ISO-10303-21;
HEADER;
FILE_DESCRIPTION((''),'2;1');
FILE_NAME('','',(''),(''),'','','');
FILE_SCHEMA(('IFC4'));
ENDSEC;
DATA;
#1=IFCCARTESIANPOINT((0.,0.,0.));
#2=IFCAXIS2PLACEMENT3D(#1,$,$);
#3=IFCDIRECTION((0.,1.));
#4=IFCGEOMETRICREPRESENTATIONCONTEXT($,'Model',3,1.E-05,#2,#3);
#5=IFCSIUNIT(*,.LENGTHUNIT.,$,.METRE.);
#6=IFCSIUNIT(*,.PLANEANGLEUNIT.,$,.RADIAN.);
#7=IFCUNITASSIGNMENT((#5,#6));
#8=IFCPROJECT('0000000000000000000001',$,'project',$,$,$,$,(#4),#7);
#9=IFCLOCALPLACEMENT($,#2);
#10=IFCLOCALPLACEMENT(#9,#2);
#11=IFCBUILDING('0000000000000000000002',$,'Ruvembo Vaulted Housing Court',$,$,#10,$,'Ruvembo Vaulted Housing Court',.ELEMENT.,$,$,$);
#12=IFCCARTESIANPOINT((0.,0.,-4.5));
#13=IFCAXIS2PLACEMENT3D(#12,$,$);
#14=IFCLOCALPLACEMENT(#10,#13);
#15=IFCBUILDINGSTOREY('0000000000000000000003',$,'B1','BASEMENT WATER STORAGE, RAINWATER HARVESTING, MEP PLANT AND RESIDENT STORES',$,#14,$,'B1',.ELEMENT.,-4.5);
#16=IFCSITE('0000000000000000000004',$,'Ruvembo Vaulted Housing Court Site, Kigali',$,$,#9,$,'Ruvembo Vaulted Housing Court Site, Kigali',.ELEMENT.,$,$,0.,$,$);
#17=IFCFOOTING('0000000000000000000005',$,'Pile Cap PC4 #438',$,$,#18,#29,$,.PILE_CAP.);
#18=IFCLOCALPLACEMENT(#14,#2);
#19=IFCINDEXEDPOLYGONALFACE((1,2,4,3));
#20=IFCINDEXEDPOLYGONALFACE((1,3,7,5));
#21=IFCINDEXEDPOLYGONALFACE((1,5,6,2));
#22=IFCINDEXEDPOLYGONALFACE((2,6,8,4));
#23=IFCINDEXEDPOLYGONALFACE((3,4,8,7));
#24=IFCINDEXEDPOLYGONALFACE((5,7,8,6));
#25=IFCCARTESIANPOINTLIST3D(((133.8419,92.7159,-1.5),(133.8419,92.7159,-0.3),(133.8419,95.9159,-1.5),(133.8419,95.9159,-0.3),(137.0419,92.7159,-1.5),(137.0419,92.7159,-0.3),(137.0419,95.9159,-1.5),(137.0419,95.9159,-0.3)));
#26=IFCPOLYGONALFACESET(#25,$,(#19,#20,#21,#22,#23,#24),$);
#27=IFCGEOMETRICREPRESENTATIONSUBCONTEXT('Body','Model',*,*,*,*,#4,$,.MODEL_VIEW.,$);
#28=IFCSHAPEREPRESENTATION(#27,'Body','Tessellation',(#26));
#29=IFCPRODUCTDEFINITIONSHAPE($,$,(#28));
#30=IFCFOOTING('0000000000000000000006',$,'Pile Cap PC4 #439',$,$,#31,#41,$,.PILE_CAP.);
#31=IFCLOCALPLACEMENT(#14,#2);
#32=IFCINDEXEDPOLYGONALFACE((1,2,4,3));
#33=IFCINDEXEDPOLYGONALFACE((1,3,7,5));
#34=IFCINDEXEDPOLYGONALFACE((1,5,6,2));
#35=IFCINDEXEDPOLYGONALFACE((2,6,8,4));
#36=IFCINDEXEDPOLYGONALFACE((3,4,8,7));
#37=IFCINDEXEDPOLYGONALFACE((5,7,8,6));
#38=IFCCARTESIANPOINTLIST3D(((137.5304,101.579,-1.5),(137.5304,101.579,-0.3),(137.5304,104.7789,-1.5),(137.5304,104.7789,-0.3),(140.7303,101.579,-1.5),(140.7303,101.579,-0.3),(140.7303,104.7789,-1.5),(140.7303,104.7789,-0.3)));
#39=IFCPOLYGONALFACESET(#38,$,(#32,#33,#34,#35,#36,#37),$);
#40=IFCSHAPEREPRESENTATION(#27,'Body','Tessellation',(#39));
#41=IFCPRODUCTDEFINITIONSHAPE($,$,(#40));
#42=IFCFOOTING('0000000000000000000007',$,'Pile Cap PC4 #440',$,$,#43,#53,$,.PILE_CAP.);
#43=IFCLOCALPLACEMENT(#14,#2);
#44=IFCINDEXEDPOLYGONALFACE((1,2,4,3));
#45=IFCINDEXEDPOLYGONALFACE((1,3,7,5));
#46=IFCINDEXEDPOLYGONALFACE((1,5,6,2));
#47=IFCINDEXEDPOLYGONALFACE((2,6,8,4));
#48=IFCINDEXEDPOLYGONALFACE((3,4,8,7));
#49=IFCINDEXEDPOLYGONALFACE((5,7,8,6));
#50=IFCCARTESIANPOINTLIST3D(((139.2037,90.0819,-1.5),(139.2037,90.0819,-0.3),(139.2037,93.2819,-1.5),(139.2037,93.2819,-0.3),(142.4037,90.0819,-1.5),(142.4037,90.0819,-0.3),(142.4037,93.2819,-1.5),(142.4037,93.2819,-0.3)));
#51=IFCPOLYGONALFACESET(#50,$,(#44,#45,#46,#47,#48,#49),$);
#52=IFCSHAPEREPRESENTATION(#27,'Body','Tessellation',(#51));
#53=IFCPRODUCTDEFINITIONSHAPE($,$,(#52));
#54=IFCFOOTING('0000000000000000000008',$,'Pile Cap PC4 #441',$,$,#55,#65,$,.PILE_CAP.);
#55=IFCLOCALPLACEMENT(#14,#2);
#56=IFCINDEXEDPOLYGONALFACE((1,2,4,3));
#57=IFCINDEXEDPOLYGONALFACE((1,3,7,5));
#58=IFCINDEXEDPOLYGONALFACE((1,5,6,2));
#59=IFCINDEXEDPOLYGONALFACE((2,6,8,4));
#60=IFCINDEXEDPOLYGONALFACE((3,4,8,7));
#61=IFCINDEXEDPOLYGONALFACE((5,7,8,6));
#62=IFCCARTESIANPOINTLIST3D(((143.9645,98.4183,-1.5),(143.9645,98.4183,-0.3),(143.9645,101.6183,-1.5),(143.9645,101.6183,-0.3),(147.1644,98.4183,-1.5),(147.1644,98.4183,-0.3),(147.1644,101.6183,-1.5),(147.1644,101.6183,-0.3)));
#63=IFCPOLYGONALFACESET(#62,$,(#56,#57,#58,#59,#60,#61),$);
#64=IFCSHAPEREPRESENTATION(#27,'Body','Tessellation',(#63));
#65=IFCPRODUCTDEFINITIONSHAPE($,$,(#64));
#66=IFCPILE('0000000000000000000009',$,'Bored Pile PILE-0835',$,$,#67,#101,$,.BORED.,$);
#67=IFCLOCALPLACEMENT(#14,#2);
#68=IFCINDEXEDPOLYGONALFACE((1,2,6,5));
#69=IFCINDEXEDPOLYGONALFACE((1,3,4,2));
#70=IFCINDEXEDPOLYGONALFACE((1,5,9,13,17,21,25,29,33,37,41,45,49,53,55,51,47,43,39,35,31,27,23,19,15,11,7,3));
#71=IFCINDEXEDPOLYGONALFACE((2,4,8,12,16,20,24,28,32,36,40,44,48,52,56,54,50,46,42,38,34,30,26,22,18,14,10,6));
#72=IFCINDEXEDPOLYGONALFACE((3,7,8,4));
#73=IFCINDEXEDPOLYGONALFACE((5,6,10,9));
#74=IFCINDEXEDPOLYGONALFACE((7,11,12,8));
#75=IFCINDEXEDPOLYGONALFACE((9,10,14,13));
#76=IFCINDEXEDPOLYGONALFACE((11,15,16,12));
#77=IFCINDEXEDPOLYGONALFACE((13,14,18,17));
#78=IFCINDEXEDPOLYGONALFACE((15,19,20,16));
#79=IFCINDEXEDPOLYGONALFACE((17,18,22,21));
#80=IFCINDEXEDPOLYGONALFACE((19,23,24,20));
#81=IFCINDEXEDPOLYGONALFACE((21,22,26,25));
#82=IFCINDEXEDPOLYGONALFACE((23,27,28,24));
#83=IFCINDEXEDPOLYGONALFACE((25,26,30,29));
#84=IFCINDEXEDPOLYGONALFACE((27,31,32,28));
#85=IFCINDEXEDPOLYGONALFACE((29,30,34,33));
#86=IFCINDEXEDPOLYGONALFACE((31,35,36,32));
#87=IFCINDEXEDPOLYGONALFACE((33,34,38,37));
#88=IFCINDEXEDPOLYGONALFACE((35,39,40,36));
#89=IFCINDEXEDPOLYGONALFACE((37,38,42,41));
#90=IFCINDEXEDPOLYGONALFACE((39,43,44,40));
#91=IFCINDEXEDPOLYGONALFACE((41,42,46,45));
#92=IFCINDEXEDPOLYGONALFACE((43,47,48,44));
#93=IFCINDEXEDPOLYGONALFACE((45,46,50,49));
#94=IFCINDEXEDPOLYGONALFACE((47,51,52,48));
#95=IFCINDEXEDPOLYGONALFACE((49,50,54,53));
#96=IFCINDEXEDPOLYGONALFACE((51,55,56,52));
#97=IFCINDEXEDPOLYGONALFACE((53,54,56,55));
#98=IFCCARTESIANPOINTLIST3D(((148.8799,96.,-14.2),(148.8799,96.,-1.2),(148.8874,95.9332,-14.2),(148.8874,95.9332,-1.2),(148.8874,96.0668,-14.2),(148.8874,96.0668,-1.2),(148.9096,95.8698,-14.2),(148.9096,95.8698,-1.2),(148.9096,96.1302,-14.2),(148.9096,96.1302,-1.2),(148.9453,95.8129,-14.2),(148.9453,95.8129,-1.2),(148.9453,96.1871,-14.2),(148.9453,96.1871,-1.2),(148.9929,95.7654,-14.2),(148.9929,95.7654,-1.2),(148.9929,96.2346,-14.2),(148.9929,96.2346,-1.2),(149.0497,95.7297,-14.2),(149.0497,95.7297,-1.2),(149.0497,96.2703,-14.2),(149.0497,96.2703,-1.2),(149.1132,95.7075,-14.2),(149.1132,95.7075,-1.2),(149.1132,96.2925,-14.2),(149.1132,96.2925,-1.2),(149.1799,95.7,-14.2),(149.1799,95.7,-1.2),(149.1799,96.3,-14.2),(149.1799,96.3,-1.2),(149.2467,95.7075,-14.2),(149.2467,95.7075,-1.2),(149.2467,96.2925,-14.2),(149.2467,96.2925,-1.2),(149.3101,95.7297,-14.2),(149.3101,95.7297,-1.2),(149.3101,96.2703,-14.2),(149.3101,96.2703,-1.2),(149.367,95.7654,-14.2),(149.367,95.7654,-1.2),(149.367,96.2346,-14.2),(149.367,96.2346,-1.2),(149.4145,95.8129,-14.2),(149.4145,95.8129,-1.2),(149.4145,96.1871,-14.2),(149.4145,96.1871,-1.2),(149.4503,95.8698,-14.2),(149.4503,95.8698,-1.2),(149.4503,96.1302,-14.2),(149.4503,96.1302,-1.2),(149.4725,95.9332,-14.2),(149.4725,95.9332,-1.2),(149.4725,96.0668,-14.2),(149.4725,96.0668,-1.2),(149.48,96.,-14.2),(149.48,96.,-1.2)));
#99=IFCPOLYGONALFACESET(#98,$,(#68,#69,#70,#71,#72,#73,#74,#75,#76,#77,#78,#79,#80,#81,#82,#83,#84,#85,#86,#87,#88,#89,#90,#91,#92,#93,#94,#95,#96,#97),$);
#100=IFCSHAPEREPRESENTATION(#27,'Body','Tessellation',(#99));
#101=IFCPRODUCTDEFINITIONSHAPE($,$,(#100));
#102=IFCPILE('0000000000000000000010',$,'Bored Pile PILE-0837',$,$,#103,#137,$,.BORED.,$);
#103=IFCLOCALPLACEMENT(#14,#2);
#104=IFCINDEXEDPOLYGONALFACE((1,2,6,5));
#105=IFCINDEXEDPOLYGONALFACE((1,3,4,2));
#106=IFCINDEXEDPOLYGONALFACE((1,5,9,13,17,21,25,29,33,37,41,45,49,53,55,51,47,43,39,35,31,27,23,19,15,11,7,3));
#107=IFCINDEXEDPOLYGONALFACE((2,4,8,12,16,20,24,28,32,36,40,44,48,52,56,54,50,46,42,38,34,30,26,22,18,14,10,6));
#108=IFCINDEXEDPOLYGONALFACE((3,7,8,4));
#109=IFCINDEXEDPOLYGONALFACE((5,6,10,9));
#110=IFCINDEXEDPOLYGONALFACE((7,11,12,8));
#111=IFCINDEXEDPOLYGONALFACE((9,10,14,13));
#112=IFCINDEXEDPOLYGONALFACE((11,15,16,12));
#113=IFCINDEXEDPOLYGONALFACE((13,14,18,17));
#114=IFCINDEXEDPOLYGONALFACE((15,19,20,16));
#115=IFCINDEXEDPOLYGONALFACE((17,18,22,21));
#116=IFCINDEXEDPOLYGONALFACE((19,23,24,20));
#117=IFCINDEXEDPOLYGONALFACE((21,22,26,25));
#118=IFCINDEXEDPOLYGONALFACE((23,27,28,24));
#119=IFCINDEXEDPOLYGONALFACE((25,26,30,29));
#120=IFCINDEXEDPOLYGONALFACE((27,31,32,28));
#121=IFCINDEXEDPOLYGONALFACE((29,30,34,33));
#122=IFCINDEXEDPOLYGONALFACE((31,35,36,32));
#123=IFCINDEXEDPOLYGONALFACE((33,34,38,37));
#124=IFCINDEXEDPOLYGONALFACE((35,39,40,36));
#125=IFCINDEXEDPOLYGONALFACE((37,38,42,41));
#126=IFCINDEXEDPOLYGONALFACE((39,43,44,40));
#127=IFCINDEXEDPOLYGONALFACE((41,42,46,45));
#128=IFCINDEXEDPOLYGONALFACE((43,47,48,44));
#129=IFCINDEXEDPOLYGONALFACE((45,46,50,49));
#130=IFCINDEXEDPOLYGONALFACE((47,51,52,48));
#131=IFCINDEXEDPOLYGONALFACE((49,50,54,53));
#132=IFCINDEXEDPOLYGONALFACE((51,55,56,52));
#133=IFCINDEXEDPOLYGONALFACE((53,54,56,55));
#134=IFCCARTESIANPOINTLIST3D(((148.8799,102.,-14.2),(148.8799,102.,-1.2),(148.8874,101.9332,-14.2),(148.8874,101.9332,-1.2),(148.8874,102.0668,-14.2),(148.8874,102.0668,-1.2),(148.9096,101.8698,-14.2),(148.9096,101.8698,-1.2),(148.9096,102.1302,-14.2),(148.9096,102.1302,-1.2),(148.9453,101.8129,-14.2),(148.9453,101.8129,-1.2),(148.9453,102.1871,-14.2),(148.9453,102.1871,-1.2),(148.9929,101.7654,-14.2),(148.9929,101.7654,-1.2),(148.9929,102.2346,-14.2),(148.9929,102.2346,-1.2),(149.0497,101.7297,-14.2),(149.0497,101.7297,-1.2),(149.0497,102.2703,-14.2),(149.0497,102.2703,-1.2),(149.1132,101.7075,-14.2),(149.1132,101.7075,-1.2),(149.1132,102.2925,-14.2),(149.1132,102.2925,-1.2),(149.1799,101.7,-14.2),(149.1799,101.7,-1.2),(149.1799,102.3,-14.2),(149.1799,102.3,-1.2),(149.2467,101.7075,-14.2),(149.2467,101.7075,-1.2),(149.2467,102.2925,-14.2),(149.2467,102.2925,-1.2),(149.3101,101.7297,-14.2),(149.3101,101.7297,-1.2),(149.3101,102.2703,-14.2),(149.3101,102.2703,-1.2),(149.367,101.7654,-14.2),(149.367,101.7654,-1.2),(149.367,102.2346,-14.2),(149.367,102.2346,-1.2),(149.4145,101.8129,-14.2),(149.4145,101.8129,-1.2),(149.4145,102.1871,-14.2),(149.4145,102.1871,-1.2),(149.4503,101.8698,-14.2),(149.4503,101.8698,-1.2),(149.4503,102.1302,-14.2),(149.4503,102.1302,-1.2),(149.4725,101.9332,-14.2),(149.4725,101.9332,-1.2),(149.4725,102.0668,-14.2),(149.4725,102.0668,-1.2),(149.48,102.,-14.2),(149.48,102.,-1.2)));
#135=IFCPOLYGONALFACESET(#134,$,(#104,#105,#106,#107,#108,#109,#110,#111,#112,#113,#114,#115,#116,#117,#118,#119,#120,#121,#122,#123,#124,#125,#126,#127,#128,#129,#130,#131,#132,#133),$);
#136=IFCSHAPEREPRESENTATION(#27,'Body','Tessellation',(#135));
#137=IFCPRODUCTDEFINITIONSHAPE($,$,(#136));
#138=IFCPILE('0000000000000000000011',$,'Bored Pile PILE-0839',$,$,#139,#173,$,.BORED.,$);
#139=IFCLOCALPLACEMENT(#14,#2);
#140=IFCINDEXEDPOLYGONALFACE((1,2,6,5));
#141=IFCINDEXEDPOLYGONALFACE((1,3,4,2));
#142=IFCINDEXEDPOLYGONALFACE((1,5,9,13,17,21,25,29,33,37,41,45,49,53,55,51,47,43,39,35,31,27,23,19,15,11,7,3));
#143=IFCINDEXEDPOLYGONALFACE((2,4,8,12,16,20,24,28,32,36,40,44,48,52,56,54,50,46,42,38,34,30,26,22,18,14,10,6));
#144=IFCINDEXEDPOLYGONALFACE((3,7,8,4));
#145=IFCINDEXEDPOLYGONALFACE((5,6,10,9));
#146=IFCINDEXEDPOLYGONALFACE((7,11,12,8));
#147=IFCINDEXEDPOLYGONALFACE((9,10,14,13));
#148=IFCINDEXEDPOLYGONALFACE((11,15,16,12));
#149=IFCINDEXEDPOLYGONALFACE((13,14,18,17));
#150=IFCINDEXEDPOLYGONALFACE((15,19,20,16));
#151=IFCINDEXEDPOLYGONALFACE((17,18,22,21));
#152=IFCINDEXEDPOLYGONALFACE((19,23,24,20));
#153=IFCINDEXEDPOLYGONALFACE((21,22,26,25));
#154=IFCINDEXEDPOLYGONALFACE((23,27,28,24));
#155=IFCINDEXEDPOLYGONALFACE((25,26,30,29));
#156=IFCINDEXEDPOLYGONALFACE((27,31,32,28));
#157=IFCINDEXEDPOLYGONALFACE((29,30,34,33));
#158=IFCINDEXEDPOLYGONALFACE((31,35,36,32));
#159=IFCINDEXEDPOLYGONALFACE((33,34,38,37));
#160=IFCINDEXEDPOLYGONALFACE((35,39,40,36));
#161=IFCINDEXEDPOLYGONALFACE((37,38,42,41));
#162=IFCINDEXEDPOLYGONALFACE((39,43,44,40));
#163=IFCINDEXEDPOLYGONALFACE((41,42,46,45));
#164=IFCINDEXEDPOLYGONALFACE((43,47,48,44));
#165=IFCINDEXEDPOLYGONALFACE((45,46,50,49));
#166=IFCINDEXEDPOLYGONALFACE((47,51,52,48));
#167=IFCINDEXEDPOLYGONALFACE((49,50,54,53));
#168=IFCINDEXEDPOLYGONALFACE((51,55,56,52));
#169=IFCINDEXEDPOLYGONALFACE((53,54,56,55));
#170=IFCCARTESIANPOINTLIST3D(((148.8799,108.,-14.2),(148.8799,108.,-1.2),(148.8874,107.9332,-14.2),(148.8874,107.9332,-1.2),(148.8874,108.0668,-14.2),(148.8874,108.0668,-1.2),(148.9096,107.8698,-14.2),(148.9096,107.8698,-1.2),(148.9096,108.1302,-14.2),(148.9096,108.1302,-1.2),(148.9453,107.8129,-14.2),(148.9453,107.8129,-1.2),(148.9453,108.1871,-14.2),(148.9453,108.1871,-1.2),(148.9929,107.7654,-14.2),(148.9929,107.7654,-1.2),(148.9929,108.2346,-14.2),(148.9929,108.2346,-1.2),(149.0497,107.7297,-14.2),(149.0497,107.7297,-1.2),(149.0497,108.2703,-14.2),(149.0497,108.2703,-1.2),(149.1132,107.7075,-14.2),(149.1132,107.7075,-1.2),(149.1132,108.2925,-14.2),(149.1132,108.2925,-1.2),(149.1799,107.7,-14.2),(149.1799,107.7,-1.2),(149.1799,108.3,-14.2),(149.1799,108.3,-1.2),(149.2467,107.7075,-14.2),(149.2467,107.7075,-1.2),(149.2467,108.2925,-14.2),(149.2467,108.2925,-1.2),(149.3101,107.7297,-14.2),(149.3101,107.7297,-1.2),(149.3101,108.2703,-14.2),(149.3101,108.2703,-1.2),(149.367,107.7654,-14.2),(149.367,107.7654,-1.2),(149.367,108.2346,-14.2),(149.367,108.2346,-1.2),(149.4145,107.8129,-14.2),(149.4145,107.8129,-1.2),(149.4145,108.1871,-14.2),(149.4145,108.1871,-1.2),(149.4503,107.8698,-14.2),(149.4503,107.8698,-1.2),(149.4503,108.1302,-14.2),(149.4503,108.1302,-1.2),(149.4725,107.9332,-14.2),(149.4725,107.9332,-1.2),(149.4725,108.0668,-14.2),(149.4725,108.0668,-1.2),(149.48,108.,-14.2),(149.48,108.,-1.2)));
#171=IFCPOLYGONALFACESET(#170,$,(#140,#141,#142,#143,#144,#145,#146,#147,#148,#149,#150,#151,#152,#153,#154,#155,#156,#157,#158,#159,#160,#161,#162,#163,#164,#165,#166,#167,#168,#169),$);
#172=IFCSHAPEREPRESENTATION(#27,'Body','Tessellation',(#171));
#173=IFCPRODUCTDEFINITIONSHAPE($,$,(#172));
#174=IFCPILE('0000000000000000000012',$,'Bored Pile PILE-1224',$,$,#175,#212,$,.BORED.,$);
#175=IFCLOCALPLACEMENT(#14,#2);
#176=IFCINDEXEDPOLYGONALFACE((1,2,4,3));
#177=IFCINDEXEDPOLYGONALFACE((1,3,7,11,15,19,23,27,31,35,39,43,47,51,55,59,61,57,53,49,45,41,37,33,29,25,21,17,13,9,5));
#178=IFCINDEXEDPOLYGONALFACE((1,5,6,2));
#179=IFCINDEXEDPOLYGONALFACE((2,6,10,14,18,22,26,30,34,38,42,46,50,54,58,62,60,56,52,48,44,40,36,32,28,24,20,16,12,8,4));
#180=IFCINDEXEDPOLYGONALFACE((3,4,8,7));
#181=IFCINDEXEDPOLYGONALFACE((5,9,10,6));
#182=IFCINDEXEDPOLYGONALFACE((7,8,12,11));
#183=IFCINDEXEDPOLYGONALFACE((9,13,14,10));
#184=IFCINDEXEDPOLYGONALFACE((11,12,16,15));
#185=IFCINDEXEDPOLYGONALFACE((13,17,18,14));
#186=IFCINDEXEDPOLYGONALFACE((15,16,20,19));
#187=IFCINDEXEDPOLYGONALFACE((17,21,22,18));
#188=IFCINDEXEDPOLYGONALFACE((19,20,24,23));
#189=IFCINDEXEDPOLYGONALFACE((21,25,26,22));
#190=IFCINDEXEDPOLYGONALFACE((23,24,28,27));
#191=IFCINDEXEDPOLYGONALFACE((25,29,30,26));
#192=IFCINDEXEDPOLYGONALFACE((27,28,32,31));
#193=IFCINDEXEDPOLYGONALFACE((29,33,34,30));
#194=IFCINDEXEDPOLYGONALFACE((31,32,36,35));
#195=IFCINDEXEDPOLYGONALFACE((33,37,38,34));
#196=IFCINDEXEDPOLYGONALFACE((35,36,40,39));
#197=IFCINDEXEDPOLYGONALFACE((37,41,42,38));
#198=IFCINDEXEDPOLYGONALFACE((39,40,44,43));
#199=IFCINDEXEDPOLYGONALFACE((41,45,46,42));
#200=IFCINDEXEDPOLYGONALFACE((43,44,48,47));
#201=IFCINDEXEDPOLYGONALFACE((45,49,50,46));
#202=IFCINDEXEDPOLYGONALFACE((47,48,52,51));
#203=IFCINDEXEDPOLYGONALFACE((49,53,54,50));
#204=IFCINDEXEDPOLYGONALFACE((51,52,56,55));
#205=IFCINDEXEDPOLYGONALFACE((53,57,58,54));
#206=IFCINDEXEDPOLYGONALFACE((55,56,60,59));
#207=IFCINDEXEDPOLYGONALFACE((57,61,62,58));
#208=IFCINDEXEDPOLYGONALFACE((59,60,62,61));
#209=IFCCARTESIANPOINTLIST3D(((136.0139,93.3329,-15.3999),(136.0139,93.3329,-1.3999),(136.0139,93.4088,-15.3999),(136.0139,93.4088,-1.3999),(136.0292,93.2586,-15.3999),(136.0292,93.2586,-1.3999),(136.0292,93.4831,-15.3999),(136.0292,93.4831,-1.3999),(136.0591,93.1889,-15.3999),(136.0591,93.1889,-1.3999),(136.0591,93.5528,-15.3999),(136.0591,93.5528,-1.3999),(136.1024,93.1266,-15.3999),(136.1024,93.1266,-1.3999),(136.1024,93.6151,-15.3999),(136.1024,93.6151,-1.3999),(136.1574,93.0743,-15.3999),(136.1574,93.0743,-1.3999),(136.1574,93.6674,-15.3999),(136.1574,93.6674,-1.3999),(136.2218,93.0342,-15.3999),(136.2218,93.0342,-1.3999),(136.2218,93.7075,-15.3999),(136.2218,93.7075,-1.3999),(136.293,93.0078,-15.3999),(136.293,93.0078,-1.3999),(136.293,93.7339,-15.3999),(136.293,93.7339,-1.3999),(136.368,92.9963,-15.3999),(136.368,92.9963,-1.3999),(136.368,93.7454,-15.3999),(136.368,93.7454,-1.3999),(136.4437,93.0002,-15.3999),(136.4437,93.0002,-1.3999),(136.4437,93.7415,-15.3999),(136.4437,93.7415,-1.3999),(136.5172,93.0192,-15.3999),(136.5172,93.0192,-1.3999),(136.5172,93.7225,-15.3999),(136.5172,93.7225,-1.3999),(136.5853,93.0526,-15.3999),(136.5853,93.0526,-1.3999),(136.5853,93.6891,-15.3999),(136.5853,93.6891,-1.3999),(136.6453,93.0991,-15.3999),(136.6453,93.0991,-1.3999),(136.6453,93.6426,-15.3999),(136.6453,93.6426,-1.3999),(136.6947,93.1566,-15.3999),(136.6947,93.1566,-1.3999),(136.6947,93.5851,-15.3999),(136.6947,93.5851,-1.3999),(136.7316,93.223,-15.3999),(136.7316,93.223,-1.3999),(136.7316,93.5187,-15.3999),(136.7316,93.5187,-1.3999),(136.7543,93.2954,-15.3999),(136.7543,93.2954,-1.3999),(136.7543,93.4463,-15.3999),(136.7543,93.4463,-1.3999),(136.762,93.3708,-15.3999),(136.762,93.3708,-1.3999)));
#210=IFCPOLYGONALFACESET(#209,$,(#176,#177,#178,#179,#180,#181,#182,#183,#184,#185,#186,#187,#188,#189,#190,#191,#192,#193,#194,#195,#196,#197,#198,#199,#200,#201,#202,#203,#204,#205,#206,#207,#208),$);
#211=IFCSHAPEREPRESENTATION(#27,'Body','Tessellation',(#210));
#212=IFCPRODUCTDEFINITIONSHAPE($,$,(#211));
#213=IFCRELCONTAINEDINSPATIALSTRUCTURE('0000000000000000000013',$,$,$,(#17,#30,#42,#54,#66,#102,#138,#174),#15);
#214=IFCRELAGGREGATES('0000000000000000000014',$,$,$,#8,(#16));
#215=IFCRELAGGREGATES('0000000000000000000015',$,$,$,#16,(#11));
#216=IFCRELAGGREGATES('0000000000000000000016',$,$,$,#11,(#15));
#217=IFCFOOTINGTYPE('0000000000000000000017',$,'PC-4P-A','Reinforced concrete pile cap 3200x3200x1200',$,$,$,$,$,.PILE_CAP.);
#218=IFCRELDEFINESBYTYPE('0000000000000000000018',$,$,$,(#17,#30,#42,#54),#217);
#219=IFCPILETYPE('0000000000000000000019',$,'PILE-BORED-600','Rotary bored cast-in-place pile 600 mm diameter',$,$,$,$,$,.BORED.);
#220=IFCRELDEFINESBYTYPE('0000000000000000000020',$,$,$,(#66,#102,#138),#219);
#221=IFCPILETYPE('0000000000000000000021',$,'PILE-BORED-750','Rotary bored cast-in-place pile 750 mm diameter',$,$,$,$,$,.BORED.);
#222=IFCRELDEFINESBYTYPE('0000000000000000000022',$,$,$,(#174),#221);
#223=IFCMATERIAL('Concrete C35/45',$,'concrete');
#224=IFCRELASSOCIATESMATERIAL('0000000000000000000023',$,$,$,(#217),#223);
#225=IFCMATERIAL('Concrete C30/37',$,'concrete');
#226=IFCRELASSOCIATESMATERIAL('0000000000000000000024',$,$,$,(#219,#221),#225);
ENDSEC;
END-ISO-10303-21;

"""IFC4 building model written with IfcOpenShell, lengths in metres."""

from ifc_helpers import new_model, si_unit, direction, frame, origin, origin_2d, place, context, subcontext, project, spatial, rectangle, circle, extrude, material, material_profile, profile_set, type_object, element, save


model = new_model("IFC4")

# Units and contexts
model_context = context("Model", 3, precision=1e-05, world=origin(), true_north=direction((0.0, 1.0)))
body_context = subcontext(model_context, "Body", "Model", "MODEL_VIEW")
ifc_project = project(units=[si_unit("LENGTHUNIT", "METRE"), si_unit("PLANEANGLEUNIT", "RADIAN")], contexts=[model_context])

# Site, building, storey
site_placement = place(None, origin())
site = spatial("IfcSite", under=ifc_project, at=site_placement, Name="Ruvembo Vaulted Housing Court Site, Kigali", LongName="Ruvembo Vaulted Housing Court Site, Kigali", CompositionType="ELEMENT", RefElevation=0.0)
building_placement = place(site_placement, origin())
building = spatial("IfcBuilding", under=site, at=building_placement, Name="Ruvembo Vaulted Housing Court", LongName="Ruvembo Vaulted Housing Court", CompositionType="ELEMENT")
storey_placement = place(building_placement, frame((0.0, 0.0, -4.5)))
storey = spatial("IfcBuildingStorey", under=building, at=storey_placement, Name="B1", Description="BASEMENT WATER STORAGE, RAINWATER HARVESTING, MEP PLANT AND RESIDENT STORES", LongName="B1", CompositionType="ELEMENT", Elevation=-4.5)

# Footings
ifc_material_1 = material(Name="Concrete C35/45", Category="concrete")
footing_type = type_object("IfcFootingType", Name="PC-4P-A", Description="Reinforced concrete pile cap 3200x3200x1200", PredefinedType="PILE_CAP", material=ifc_material_1)
for number, where, z_axis, x_axis, name in (
    (1, (135.4419, 94.3159, -1.5), (0.0, 0.0, 1.0), (1.0, 0.0, 0.0), "Pile Cap PC4 #438"),
    (2, (139.1304, 103.179, -1.5), (0.0, 0.0, 1.0), (1.0, 0.0, 0.0), "Pile Cap PC4 #439"),
    (3, (140.8037, 91.6819, -1.5), (0.0, 0.0, 1.0), (1.0, 0.0, 0.0), "Pile Cap PC4 #440"),
    (4, (145.5645, 100.0183, -1.5), (0.0, 0.0, 1.0), (1.0, 0.0, 0.0), "Pile Cap PC4 #441"),
):
    element("IfcFooting", number, at=place(storey_placement, frame(where, z_axis=z_axis, x_axis=x_axis)), inside=storey, type_object=footing_type, Name=name, PredefinedType="PILE_CAP", context=body_context, shape_type="SweptSolid", body=[
        extrude(rectangle(XDim=3.2, YDim=3.2, at=origin_2d()), origin(), (0.0, 0.0, 1.0), 1.2),
    ])

# Piles
ifc_material_2 = material(Name="Concrete C30/37", Category="concrete")
ifc_material_profile_1 = material_profile(ifc_material_2, circle(Radius=0.3, at=origin_2d()), Name="PILE D600")
ifc_profile_set_1 = profile_set([ifc_material_profile_1], Name="Concrete C30/37")
pile_type_1 = type_object("IfcPileType", Name="PILE-BORED-600", Description="Rotary bored cast-in-place pile 600 mm diameter", PredefinedType="BORED", material=ifc_profile_set_1)
for number, where, z_axis, x_axis, name in (
    (5, (149.1799, 96.0, -1.2), (0.0, 0.0, -1.0), (1.0, 0.0, 0.0), "Bored Pile PILE-0835"),
    (6, (149.1799, 102.0, -1.2), (0.0, 0.0, -1.0), (1.0, 0.0, 0.0), "Bored Pile PILE-0837"),
    (7, (149.1799, 108.0, -1.2), (0.0, 0.0, -1.0), (1.0, 0.0, 0.0), "Bored Pile PILE-0839"),
):
    element("IfcPile", number, at=place(storey_placement, frame(where, z_axis=z_axis, x_axis=x_axis)), inside=storey, type_object=pile_type_1, Name=name, PredefinedType="BORED", context=body_context, shape_type="SweptSolid", body=[
        extrude(circle(Radius=0.3, at=origin_2d()), origin(), (0.0, 0.0, 1.0), 13.0),
    ])
ifc_material_profile_2 = material_profile(ifc_material_2, circle(Radius=0.375, at=origin_2d()), Name="PILE D750")
ifc_profile_set_2 = profile_set([ifc_material_profile_2], Name="Concrete C30/37")
pile_type_2 = type_object("IfcPileType", Name="PILE-BORED-750", Description="Rotary bored cast-in-place pile 750 mm diameter", PredefinedType="BORED", material=ifc_profile_set_2)
for number, where, z_axis, x_axis, name in (
    (8, (136.387, 93.3708, -1.3999), (0.0, 0.0, -1.0), (1.0, 0.0, 0.0), "Bored Pile PILE-1224"),
):
    element("IfcPile", number, at=place(storey_placement, frame(where, z_axis=z_axis, x_axis=x_axis)), inside=storey, type_object=pile_type_2, Name=name, PredefinedType="BORED", context=body_context, shape_type="SweptSolid", body=[
        extrude(circle(Radius=0.375, at=origin_2d()), origin(), (0.0, 0.0, 1.0), 14.0),
    ])

save(model, "model.ifc")
